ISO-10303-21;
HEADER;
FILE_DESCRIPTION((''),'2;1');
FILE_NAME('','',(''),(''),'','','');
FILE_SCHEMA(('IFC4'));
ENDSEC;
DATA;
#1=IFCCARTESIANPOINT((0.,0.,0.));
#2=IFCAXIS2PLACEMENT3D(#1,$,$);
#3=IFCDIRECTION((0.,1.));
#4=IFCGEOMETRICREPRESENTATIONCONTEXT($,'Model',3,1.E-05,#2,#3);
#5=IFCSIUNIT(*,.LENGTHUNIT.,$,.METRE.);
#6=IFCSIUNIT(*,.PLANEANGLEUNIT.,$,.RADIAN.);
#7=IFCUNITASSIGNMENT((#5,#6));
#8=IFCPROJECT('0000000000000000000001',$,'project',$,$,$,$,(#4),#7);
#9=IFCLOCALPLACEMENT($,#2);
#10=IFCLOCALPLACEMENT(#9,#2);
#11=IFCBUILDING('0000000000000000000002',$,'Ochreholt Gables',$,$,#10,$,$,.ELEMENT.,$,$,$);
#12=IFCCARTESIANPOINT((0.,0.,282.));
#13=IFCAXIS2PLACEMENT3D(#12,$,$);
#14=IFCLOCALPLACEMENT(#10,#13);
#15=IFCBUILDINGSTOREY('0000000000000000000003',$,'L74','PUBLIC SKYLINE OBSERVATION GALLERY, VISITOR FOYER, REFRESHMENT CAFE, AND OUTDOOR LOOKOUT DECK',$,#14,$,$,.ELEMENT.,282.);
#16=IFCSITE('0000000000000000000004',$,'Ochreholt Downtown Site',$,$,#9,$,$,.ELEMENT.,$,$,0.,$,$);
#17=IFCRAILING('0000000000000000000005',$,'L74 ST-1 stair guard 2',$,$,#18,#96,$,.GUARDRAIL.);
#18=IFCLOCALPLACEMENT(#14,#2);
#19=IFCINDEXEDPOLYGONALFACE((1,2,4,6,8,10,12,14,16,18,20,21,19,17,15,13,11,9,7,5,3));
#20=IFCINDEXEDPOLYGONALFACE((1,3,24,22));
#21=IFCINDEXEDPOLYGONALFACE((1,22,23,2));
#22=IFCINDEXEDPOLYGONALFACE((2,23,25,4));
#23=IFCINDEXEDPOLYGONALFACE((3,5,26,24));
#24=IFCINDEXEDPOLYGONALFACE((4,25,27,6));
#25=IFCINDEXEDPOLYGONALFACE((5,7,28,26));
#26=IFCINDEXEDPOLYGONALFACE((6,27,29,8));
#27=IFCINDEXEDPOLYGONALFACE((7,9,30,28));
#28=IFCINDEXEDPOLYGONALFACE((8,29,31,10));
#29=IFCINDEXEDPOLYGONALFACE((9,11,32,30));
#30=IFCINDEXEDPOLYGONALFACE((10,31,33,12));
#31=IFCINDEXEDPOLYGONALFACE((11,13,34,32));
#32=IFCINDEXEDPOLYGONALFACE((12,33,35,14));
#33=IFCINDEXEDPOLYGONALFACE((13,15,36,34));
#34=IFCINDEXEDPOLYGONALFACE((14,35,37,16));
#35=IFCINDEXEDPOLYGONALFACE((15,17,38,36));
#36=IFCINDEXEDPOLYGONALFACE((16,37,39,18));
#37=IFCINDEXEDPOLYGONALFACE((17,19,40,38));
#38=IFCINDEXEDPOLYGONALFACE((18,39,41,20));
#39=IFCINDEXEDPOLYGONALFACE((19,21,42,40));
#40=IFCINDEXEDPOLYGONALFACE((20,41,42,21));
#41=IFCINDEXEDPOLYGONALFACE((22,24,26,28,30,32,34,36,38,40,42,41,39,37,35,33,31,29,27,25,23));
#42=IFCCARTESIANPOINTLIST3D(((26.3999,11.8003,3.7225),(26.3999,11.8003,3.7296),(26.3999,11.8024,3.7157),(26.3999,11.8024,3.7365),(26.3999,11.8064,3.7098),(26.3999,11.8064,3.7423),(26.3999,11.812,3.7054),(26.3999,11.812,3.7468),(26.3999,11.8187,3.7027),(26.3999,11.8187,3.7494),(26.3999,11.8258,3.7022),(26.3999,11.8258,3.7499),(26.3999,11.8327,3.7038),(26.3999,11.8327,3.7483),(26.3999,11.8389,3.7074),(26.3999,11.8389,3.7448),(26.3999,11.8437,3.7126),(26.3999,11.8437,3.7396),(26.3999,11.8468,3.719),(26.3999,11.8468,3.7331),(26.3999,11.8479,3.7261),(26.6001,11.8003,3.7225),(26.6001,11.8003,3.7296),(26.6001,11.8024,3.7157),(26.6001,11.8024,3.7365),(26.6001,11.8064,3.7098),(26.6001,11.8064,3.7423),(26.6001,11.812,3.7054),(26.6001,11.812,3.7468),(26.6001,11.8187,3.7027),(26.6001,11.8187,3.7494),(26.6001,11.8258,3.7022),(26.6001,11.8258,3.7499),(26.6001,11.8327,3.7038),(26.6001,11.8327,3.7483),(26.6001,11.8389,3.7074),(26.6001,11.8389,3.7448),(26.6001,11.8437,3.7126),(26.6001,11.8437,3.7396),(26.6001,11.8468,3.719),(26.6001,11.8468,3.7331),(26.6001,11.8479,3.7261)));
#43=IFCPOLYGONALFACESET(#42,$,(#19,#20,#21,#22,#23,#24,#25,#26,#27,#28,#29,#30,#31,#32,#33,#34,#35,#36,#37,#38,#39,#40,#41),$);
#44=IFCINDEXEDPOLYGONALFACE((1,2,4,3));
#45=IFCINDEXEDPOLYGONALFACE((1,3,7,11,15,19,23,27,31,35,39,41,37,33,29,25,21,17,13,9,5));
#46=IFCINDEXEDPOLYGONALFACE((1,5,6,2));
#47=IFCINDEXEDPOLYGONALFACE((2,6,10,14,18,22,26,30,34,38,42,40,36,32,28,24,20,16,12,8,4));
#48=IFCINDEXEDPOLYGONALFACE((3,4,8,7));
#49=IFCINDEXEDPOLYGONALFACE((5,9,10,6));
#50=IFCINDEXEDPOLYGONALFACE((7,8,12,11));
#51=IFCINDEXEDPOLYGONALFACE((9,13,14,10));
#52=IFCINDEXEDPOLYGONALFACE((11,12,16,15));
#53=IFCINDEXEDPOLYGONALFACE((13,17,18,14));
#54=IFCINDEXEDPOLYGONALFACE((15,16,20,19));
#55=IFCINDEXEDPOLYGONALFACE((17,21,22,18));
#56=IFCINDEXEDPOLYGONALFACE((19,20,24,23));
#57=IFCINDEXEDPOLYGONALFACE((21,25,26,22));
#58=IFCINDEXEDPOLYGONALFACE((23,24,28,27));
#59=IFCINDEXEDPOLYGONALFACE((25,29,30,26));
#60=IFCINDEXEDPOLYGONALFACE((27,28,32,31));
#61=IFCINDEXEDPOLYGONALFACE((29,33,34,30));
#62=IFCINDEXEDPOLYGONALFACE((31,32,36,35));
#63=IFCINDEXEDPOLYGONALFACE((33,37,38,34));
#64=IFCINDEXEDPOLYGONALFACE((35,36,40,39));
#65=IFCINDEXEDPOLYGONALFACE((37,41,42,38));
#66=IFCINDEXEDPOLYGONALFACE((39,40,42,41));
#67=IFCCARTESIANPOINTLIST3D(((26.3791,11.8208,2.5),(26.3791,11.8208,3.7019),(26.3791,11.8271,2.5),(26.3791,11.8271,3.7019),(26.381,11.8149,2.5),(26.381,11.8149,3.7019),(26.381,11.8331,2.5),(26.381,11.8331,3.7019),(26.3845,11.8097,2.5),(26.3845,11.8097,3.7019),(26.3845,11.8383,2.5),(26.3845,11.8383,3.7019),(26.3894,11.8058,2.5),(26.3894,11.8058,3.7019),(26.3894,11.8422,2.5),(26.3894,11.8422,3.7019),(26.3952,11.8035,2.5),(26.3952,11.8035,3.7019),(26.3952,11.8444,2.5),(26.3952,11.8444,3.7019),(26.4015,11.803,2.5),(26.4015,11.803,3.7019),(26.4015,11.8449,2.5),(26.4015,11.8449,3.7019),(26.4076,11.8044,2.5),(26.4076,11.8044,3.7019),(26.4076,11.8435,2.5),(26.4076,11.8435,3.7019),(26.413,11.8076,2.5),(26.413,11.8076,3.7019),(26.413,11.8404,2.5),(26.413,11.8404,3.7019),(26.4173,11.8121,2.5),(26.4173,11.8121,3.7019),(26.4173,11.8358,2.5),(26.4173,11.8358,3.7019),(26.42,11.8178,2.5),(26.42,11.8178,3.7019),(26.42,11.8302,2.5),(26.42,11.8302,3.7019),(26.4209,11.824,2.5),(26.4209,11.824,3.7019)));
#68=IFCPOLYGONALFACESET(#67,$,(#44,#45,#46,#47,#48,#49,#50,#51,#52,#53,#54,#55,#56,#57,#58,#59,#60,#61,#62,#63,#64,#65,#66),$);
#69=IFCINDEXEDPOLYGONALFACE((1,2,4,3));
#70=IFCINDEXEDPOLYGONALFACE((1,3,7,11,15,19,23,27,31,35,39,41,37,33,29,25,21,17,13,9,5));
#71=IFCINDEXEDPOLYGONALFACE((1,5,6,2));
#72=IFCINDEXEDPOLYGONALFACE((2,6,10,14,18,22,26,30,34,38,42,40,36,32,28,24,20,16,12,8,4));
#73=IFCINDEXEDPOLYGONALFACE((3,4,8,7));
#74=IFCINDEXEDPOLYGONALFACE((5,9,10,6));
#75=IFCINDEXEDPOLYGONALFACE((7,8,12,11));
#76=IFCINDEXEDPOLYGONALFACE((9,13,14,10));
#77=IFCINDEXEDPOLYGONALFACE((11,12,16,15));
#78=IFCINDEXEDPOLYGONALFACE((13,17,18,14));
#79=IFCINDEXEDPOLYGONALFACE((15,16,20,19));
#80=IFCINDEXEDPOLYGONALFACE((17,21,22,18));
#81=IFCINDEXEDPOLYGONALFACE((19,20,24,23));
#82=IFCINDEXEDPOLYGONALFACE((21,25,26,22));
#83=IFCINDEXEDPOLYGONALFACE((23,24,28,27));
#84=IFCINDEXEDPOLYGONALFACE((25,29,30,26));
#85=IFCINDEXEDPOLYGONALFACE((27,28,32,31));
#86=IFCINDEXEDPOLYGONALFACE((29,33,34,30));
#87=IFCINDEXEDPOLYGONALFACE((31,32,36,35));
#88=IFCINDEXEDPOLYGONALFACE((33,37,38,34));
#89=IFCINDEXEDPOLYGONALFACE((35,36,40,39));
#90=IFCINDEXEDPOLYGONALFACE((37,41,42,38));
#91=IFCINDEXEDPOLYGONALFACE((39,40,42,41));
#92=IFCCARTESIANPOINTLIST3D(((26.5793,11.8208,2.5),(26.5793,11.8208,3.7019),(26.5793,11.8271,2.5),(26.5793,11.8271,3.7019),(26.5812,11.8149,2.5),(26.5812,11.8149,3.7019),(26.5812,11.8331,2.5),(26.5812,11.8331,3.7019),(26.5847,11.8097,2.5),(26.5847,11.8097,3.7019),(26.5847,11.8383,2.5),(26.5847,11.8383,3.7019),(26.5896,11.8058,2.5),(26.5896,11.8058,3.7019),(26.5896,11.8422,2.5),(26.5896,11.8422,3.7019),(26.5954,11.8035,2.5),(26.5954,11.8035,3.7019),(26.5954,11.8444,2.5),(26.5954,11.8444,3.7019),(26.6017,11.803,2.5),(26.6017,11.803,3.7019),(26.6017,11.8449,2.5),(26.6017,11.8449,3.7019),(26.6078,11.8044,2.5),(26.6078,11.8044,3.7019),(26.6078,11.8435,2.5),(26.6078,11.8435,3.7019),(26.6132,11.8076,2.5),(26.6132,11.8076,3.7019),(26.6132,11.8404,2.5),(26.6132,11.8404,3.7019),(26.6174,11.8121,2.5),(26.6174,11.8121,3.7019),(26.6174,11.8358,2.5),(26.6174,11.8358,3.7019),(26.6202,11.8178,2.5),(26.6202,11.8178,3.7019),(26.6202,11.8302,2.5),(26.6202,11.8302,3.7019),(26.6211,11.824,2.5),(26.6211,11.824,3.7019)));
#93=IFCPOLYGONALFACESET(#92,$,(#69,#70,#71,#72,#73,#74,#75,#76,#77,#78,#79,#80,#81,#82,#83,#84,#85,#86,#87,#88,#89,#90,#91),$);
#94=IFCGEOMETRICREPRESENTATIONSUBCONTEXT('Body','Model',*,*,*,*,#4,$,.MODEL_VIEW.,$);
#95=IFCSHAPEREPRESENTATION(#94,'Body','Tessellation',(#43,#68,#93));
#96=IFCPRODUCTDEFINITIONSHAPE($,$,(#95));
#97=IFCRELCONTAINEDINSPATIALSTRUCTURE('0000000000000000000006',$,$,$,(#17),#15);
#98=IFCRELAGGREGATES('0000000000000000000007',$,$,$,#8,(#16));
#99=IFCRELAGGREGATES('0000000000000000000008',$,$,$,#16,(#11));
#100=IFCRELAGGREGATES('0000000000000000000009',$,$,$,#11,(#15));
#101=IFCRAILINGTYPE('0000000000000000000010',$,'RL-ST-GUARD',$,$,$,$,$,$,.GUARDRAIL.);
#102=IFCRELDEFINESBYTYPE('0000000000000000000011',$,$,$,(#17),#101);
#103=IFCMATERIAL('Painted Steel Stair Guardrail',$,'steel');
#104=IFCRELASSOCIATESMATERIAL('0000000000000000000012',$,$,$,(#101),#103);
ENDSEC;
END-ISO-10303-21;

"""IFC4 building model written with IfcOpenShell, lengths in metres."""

from ifc_helpers import new_model, si_unit, direction, frame, origin, origin_2d, place, context, subcontext, project, spatial, circle, extrude, material, type_object, element, save


model = new_model("IFC4")

# Units and contexts
model_context = context("Model", 3, precision=1e-05, world=origin(), true_north=direction((0.0, 1.0)))
body_context = subcontext(model_context, "Body", "Model", "MODEL_VIEW")
ifc_project = project(units=[si_unit("LENGTHUNIT", "METRE"), si_unit("PLANEANGLEUNIT", "RADIAN")], contexts=[model_context])

# Site, building, storey
site_placement = place(None, origin())
site = spatial("IfcSite", under=ifc_project, at=site_placement, Name="Ochreholt Downtown Site", CompositionType="ELEMENT", RefElevation=0.0)
building_placement = place(site_placement, origin())
building = spatial("IfcBuilding", under=site, at=building_placement, Name="Ochreholt Gables", CompositionType="ELEMENT")
storey_placement = place(building_placement, frame((0.0, 0.0, 282.0)))
storey = spatial("IfcBuildingStorey", under=building, at=storey_placement, Name="L74", Description="PUBLIC SKYLINE OBSERVATION GALLERY, VISITOR FOYER, REFRESHMENT CAFE, AND OUTDOOR LOOKOUT DECK", CompositionType="ELEMENT", Elevation=282.0)

# Railing
ifc_material_1 = material(Name="Painted Steel Stair Guardrail", Category="steel")
railing_type_1 = type_object("IfcRailingType", Name="RL-ST-GUARD", PredefinedType="GUARDRAIL", material=ifc_material_1)
railing_1_placement = place(storey_placement, frame((26.3999, 11.824, 2.5)))
element("IfcRailing", 1, at=railing_1_placement, inside=storey, type_object=railing_type_1, Name="L74 ST-1 stair guard 2", PredefinedType="GUARDRAIL", context=body_context, shape_type="SweptSolid", body=[
    extrude(circle(Radius=0.0239, at=origin_2d()), frame((0.0, 0.0, 1.2261), z_axis=(1.0, 0.0, 0.0), x_axis=(0.0, 1.0, 0.0)), (0.0, 0.0, 1.0), 0.2002),
    extrude(circle(Radius=0.021, at=origin_2d()), origin(), (0.0, 0.0, 1.0), 1.2019),
    extrude(circle(Radius=0.021, at=origin_2d()), frame((0.2002, 0.0, 0.0)), (0.0, 0.0, 1.0), 1.2019),
])

save(model, "model.ifc")
